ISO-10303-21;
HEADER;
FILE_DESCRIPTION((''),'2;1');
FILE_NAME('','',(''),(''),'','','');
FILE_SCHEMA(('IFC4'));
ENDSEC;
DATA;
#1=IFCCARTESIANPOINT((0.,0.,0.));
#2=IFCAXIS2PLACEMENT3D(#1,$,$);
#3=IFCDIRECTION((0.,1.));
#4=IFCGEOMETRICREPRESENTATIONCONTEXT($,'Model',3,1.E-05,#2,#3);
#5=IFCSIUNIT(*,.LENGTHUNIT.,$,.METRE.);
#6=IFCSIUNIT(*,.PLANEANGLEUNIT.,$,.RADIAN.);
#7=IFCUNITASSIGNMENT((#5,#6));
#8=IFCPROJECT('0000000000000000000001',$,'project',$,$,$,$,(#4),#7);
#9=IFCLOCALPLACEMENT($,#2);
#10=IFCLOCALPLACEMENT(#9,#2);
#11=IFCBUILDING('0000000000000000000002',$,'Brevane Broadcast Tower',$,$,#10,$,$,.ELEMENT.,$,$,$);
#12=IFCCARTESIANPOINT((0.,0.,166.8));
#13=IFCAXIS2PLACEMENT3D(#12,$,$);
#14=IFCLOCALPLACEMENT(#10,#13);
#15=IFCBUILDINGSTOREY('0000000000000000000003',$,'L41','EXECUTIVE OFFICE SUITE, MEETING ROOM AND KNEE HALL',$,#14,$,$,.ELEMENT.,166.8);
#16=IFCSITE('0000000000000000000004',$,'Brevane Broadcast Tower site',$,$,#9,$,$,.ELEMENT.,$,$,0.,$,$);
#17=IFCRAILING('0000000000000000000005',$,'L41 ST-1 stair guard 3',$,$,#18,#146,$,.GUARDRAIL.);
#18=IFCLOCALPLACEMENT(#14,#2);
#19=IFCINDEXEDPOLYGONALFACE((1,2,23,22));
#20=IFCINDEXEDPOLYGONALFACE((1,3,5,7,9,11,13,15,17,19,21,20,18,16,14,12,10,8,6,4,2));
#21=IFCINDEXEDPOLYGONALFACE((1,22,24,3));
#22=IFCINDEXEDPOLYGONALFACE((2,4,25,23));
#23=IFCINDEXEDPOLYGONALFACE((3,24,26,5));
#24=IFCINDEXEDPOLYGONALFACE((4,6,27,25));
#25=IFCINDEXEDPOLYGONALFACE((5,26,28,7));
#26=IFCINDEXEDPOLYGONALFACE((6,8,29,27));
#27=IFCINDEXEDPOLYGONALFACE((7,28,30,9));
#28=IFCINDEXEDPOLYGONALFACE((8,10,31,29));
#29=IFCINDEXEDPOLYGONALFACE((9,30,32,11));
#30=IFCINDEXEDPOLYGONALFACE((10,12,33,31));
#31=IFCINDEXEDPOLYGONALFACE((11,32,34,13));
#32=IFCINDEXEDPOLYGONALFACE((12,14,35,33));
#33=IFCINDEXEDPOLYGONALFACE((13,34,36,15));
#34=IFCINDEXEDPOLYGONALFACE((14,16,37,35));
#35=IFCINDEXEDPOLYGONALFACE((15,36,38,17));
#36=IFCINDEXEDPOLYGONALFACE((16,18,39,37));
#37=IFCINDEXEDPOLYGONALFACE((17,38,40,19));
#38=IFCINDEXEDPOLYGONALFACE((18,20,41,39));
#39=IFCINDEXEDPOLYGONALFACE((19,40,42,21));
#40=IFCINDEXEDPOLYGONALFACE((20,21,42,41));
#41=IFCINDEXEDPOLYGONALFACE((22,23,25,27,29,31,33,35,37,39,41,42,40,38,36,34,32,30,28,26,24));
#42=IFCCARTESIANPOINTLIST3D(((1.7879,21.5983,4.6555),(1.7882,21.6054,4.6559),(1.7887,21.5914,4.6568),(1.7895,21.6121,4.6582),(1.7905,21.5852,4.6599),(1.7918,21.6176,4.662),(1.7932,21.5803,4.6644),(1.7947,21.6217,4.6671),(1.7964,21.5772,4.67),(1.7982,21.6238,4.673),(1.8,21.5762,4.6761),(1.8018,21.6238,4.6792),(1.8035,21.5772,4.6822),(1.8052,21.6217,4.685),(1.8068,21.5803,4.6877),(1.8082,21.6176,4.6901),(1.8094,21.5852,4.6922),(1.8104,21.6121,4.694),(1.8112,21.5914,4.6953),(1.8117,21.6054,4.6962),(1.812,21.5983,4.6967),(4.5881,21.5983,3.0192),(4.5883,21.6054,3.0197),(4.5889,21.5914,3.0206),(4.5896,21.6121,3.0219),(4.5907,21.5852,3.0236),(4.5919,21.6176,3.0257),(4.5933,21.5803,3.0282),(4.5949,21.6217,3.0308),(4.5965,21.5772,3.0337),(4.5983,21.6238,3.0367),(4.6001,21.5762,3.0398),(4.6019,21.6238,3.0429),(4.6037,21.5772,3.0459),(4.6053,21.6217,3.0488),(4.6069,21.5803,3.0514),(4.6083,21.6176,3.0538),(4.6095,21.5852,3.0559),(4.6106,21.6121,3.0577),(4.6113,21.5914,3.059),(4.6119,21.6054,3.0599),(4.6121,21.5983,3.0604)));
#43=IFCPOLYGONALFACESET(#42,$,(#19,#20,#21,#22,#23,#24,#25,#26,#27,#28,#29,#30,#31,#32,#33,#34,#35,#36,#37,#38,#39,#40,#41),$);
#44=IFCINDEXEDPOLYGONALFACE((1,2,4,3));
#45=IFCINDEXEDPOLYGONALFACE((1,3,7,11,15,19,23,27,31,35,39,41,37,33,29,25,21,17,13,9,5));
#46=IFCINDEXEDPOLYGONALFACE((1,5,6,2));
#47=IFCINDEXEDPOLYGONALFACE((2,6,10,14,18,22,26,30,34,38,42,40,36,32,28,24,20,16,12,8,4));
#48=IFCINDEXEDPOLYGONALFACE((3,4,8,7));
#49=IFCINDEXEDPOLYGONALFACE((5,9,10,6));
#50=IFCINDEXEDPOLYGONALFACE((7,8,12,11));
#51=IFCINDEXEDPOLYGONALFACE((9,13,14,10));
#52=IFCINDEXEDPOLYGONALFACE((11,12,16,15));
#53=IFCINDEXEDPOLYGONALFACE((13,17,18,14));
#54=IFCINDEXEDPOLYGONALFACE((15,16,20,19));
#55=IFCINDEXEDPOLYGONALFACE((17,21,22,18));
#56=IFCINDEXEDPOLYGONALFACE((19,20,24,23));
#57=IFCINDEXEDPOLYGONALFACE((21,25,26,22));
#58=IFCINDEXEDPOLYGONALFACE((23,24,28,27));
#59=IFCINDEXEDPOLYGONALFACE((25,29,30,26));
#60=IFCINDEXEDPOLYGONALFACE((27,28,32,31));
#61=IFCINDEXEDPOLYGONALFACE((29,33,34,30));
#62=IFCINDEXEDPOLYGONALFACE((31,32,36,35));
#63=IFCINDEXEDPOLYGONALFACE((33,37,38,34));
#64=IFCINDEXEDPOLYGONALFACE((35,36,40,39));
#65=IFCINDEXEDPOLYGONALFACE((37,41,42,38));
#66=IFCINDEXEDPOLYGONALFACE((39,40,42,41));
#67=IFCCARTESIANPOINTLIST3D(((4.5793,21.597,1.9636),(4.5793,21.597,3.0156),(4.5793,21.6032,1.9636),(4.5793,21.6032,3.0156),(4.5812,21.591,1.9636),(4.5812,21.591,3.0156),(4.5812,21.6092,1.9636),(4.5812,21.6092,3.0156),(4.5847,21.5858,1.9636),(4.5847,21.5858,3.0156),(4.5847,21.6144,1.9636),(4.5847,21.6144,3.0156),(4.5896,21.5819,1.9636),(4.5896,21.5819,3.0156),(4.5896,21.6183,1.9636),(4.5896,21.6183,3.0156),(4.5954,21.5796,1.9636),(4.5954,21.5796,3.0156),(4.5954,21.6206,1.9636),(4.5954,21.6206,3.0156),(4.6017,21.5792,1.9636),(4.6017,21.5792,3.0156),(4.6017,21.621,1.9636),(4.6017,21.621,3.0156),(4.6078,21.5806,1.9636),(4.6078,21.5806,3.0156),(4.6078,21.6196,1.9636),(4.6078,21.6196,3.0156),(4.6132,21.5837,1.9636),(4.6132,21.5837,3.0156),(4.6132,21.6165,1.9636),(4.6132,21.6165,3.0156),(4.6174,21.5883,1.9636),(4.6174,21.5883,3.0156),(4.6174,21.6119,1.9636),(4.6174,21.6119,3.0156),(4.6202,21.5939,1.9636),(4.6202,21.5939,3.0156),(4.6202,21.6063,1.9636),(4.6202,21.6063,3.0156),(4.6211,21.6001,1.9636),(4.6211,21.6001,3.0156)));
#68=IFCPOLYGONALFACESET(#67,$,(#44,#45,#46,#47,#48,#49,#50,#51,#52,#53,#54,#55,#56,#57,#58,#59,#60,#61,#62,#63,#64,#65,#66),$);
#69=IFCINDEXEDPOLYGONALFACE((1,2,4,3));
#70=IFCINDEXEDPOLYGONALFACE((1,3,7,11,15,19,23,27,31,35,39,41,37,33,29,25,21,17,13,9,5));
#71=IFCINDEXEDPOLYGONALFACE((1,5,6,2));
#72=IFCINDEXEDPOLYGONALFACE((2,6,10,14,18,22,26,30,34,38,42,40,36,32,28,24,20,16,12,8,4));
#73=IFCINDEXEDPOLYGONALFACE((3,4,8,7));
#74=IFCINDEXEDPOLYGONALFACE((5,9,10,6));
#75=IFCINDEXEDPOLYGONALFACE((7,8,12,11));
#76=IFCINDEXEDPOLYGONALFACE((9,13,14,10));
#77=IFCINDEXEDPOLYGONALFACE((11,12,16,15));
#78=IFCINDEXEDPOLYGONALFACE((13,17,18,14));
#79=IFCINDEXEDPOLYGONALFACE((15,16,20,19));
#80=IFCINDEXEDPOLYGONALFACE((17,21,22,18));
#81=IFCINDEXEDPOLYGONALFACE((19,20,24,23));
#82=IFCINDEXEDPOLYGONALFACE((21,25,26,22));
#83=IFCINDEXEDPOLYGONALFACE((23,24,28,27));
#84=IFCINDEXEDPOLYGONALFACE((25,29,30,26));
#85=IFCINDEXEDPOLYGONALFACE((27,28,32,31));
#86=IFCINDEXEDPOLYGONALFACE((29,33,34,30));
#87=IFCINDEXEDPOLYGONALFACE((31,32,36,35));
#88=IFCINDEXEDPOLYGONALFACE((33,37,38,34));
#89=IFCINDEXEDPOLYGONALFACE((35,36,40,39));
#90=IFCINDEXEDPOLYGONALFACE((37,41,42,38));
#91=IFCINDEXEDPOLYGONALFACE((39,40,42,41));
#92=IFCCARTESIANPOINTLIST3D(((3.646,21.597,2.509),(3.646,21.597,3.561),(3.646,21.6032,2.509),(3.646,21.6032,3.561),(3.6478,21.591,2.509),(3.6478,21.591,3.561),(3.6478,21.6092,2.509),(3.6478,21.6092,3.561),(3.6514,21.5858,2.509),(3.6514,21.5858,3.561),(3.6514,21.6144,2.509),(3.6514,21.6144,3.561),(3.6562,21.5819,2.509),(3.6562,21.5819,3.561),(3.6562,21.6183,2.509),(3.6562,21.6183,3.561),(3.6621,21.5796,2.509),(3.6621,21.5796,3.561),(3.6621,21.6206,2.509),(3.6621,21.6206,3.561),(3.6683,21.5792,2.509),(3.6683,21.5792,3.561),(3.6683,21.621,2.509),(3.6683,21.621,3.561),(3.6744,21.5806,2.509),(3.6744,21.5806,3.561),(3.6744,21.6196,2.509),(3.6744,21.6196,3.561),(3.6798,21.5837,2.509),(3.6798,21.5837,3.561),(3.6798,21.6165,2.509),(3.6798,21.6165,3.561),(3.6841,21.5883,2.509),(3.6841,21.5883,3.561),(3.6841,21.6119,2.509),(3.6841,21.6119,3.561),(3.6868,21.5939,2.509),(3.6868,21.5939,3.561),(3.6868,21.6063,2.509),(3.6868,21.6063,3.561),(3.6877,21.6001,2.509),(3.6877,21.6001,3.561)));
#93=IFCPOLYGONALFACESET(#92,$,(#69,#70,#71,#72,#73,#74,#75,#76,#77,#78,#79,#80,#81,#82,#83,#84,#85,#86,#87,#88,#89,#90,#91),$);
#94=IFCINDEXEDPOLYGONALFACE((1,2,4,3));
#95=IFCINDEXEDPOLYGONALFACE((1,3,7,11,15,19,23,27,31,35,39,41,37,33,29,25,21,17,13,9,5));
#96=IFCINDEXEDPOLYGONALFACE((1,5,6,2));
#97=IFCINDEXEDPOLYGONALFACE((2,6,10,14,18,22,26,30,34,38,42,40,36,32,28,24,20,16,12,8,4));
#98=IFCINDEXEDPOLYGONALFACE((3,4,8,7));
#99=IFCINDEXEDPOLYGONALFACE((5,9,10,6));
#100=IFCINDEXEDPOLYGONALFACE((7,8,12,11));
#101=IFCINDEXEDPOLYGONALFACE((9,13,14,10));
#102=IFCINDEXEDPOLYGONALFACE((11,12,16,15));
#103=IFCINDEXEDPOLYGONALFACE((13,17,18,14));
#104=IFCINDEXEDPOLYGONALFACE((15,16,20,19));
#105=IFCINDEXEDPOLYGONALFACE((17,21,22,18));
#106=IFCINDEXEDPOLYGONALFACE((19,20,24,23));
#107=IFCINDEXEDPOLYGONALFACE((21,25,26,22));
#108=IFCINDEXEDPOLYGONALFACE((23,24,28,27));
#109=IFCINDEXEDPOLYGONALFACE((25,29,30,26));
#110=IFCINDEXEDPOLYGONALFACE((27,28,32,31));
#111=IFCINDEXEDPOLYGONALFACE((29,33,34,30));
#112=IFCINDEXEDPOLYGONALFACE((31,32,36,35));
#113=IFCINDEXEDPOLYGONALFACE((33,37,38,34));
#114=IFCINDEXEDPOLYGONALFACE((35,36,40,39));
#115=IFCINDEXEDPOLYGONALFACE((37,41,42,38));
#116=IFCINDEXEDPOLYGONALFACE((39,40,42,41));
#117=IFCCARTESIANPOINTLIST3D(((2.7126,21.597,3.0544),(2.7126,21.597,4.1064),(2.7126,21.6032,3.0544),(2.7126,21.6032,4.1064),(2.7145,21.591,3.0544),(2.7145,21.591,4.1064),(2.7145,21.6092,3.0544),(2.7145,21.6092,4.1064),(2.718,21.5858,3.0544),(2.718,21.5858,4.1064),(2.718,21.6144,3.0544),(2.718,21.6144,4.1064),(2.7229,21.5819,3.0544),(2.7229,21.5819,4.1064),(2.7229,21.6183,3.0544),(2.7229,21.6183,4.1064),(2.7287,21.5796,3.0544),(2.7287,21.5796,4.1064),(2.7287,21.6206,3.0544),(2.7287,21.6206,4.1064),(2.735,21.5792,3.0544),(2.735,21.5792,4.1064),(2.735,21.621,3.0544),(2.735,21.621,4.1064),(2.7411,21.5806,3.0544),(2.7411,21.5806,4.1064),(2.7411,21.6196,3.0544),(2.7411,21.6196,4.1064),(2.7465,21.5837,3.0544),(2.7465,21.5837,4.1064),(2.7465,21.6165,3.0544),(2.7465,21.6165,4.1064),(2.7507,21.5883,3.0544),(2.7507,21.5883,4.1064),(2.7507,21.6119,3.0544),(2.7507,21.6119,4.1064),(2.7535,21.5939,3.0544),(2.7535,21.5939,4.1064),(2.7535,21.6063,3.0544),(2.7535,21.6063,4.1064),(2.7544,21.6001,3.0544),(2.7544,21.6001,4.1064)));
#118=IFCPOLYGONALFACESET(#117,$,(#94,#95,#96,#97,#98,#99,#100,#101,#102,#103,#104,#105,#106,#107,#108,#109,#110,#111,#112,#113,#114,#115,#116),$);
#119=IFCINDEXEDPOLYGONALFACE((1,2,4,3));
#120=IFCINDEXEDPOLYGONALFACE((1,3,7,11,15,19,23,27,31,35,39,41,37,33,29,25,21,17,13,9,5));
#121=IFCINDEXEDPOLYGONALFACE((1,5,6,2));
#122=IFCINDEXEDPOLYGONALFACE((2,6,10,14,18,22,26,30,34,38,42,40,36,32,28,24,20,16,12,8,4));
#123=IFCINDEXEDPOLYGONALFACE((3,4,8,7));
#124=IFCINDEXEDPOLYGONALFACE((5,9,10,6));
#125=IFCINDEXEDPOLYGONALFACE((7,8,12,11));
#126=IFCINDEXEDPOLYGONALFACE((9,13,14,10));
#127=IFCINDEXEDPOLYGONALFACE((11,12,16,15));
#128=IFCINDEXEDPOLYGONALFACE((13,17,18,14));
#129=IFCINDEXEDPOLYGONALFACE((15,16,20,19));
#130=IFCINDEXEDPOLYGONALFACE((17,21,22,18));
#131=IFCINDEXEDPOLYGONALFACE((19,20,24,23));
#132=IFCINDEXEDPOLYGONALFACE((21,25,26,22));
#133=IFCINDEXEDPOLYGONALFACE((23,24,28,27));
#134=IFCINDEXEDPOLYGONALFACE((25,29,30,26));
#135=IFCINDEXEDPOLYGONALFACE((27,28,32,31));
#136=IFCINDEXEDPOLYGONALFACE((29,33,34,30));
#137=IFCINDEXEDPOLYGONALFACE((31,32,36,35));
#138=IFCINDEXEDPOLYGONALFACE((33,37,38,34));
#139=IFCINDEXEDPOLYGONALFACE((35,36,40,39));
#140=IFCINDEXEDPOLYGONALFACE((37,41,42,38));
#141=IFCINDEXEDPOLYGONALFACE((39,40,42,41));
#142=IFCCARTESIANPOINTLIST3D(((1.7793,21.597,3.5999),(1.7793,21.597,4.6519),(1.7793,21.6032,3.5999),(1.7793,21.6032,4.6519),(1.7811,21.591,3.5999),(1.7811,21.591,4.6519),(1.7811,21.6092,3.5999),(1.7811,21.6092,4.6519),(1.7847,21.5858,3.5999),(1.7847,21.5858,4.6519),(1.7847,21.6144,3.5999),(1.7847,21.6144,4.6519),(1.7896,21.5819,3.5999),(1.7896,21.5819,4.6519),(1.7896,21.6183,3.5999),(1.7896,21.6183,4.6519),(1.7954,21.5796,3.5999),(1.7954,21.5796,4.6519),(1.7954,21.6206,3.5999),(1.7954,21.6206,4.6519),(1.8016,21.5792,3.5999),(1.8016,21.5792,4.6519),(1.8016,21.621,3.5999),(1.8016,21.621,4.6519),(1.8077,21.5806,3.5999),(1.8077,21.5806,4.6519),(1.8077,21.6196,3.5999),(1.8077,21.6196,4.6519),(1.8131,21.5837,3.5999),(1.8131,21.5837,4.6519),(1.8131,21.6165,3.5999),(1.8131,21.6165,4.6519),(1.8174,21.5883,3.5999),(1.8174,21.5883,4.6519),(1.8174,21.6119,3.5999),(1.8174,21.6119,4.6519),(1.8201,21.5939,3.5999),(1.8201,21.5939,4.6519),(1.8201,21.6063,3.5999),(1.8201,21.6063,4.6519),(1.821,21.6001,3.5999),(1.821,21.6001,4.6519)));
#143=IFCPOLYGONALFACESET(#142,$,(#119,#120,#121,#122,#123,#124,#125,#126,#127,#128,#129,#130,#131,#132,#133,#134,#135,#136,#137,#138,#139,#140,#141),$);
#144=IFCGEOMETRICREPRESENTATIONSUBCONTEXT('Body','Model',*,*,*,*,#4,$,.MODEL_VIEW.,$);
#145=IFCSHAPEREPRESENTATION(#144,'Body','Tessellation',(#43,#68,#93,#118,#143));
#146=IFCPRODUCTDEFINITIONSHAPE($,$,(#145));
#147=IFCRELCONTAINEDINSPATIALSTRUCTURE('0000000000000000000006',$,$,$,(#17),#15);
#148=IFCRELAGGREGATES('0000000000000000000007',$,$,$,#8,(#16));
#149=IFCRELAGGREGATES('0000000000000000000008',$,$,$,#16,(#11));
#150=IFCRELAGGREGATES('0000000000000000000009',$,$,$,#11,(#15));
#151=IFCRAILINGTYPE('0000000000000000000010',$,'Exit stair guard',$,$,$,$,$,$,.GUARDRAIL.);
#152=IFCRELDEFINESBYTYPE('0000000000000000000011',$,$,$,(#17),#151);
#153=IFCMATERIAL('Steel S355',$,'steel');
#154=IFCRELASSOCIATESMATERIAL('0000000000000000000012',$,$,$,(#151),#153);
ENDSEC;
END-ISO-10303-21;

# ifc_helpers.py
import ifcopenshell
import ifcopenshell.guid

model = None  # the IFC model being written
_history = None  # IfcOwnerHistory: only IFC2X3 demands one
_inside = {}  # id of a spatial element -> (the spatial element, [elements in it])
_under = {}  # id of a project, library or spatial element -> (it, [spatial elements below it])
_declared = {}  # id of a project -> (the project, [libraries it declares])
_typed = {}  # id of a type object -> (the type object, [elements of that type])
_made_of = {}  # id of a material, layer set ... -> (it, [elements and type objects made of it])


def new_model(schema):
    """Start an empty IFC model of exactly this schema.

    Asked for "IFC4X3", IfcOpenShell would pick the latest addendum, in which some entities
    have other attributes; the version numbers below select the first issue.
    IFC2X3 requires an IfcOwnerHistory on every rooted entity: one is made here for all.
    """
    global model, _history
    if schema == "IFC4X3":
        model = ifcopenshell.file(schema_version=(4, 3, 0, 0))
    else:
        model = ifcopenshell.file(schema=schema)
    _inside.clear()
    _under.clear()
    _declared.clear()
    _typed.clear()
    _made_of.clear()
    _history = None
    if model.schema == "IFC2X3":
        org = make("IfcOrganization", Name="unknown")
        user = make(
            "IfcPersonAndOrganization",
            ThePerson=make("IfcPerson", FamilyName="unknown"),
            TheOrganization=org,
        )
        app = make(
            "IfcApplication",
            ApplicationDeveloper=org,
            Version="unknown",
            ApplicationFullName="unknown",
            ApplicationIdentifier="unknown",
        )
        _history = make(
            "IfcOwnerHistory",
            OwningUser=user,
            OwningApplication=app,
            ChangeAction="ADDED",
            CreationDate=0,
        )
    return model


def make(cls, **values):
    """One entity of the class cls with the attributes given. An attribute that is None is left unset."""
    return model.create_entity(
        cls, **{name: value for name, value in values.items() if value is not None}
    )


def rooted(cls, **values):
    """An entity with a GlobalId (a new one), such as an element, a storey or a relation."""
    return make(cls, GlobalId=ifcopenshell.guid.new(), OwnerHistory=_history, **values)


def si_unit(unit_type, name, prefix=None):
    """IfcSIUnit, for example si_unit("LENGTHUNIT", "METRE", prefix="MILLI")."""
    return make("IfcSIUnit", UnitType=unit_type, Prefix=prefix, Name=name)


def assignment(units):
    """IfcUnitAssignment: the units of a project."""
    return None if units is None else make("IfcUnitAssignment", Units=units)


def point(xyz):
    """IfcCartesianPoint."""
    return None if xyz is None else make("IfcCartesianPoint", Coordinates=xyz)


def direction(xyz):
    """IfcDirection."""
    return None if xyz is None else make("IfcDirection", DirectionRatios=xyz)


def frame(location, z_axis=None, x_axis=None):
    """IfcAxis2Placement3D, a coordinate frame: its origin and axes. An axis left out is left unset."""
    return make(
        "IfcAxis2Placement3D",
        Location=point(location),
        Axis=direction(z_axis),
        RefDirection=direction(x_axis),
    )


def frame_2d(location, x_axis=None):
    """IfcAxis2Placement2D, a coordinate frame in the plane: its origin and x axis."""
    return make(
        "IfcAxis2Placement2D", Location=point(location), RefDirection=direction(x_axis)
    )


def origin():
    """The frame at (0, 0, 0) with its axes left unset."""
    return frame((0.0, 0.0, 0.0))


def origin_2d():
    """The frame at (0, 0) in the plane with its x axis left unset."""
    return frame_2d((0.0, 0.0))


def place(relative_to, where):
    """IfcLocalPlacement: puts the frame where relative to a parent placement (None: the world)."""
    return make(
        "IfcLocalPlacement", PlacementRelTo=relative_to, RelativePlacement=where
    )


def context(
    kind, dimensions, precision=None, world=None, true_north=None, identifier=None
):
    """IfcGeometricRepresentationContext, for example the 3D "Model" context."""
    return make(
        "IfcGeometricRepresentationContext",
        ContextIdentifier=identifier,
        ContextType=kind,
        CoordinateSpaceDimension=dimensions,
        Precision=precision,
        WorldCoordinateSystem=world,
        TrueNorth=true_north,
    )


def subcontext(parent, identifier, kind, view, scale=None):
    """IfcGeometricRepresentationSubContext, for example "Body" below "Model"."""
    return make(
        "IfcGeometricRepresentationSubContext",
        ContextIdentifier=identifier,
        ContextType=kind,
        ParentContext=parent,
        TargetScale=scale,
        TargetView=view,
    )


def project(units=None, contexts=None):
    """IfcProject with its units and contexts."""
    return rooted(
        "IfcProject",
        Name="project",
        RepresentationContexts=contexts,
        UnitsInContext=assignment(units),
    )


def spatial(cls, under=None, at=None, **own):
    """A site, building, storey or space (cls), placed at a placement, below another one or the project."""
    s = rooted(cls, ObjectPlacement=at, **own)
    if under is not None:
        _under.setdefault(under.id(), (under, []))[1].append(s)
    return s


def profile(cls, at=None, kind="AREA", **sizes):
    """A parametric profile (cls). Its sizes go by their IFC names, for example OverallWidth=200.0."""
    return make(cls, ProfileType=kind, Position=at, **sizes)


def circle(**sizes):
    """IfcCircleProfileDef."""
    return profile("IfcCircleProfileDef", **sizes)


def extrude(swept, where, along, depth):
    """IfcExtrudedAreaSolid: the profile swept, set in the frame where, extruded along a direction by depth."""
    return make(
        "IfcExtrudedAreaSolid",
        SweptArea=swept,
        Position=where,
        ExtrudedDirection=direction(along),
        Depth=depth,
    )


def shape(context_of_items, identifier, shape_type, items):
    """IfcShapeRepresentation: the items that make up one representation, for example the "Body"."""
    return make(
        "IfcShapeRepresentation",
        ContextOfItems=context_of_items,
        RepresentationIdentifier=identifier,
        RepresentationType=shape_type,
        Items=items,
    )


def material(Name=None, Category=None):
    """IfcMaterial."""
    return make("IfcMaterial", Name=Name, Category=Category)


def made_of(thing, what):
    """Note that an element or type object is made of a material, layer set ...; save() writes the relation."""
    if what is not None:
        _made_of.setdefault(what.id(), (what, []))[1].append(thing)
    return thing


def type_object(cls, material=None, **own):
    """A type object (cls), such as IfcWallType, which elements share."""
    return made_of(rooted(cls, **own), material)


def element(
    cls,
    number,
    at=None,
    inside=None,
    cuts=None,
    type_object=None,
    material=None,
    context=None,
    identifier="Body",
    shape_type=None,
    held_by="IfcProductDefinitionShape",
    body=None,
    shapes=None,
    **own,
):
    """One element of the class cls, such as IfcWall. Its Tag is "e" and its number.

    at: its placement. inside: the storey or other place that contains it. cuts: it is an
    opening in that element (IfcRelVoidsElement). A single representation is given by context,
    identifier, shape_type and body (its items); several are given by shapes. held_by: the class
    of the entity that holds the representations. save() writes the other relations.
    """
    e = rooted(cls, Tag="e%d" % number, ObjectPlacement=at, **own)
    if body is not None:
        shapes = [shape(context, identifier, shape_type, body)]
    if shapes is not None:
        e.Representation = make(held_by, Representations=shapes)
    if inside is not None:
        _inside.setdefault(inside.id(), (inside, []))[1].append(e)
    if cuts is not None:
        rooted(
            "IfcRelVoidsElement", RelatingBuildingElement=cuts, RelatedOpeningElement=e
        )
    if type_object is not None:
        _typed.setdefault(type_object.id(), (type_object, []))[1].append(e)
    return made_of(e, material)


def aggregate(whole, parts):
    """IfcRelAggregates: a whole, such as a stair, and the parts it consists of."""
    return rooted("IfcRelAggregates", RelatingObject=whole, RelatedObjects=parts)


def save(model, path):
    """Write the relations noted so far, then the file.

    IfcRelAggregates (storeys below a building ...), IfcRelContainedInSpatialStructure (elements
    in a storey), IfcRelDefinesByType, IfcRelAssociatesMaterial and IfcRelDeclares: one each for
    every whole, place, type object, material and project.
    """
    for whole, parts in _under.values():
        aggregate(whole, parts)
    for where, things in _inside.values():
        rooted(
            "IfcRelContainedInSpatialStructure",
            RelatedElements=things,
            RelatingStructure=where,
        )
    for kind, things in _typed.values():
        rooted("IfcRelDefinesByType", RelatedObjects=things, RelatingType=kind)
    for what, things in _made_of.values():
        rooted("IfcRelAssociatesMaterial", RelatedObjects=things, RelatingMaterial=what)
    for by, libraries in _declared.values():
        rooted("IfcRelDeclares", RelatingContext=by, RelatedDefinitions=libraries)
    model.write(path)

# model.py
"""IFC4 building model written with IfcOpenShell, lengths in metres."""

from ifc_helpers import new_model, si_unit, direction, frame, origin, origin_2d, place, context, subcontext, project, spatial, circle, extrude, material, type_object, element, save


model = new_model("IFC4")

# Units and contexts
model_context = context("Model", 3, precision=1e-05, world=origin(), true_north=direction((0.0, 1.0)))
body_context = subcontext(model_context, "Body", "Model", "MODEL_VIEW")
ifc_project = project(units=[si_unit("LENGTHUNIT", "METRE"), si_unit("PLANEANGLEUNIT", "RADIAN")], contexts=[model_context])

# Site, building, storey
site_placement = place(None, origin())
site = spatial("IfcSite", under=ifc_project, at=site_placement, Name="Brevane Broadcast Tower site", CompositionType="ELEMENT", RefElevation=0.0)
building_placement = place(site_placement, origin())
building = spatial("IfcBuilding", under=site, at=building_placement, Name="Brevane Broadcast Tower", CompositionType="ELEMENT")
storey_placement = place(building_placement, frame((0.0, 0.0, 166.8)))
storey = spatial("IfcBuildingStorey", under=building, at=storey_placement, Name="L41", Description="EXECUTIVE OFFICE SUITE, MEETING ROOM AND KNEE HALL", CompositionType="ELEMENT", Elevation=166.8)

# Railing
ifc_material_1 = material(Name="Steel S355", Category="steel")
railing_type_1 = type_object("IfcRailingType", Name="Exit stair guard", PredefinedType="GUARDRAIL", material=ifc_material_1)
railing_1_placement = place(storey_placement, frame((4.6001, 21.6001, 1.9636)))
element("IfcRailing", 1, at=railing_1_placement, inside=storey, type_object=railing_type_1, Name="L41 ST-1 stair guard 3", PredefinedType="GUARDRAIL", context=body_context, shape_type="SweptSolid", body=[
    extrude(circle(Radius=0.0239, at=origin_2d()), frame((0.0, 0.0, 1.0762), z_axis=(-0.863394, 0.0, 0.504531), x_axis=(0.0, -1.0, 0.0)), (0.0, 0.0, 1.0), 3.2432),
    extrude(circle(Radius=0.021, at=origin_2d()), origin(), (0.0, 0.0, 1.0), 1.052),
    extrude(circle(Radius=0.021, at=origin_2d()), frame((-0.9333, 0.0, 0.5454)), (0.0, 0.0, 1.0), 1.052),
    extrude(circle(Radius=0.021, at=origin_2d()), frame((-1.8667, 0.0, 1.0908)), (0.0, 0.0, 1.0), 1.052),
    extrude(circle(Radius=0.021, at=origin_2d()), frame((-2.8, 0.0, 1.6362)), (0.0, 0.0, 1.0), 1.052),
])

save(model, "model.ifc")
